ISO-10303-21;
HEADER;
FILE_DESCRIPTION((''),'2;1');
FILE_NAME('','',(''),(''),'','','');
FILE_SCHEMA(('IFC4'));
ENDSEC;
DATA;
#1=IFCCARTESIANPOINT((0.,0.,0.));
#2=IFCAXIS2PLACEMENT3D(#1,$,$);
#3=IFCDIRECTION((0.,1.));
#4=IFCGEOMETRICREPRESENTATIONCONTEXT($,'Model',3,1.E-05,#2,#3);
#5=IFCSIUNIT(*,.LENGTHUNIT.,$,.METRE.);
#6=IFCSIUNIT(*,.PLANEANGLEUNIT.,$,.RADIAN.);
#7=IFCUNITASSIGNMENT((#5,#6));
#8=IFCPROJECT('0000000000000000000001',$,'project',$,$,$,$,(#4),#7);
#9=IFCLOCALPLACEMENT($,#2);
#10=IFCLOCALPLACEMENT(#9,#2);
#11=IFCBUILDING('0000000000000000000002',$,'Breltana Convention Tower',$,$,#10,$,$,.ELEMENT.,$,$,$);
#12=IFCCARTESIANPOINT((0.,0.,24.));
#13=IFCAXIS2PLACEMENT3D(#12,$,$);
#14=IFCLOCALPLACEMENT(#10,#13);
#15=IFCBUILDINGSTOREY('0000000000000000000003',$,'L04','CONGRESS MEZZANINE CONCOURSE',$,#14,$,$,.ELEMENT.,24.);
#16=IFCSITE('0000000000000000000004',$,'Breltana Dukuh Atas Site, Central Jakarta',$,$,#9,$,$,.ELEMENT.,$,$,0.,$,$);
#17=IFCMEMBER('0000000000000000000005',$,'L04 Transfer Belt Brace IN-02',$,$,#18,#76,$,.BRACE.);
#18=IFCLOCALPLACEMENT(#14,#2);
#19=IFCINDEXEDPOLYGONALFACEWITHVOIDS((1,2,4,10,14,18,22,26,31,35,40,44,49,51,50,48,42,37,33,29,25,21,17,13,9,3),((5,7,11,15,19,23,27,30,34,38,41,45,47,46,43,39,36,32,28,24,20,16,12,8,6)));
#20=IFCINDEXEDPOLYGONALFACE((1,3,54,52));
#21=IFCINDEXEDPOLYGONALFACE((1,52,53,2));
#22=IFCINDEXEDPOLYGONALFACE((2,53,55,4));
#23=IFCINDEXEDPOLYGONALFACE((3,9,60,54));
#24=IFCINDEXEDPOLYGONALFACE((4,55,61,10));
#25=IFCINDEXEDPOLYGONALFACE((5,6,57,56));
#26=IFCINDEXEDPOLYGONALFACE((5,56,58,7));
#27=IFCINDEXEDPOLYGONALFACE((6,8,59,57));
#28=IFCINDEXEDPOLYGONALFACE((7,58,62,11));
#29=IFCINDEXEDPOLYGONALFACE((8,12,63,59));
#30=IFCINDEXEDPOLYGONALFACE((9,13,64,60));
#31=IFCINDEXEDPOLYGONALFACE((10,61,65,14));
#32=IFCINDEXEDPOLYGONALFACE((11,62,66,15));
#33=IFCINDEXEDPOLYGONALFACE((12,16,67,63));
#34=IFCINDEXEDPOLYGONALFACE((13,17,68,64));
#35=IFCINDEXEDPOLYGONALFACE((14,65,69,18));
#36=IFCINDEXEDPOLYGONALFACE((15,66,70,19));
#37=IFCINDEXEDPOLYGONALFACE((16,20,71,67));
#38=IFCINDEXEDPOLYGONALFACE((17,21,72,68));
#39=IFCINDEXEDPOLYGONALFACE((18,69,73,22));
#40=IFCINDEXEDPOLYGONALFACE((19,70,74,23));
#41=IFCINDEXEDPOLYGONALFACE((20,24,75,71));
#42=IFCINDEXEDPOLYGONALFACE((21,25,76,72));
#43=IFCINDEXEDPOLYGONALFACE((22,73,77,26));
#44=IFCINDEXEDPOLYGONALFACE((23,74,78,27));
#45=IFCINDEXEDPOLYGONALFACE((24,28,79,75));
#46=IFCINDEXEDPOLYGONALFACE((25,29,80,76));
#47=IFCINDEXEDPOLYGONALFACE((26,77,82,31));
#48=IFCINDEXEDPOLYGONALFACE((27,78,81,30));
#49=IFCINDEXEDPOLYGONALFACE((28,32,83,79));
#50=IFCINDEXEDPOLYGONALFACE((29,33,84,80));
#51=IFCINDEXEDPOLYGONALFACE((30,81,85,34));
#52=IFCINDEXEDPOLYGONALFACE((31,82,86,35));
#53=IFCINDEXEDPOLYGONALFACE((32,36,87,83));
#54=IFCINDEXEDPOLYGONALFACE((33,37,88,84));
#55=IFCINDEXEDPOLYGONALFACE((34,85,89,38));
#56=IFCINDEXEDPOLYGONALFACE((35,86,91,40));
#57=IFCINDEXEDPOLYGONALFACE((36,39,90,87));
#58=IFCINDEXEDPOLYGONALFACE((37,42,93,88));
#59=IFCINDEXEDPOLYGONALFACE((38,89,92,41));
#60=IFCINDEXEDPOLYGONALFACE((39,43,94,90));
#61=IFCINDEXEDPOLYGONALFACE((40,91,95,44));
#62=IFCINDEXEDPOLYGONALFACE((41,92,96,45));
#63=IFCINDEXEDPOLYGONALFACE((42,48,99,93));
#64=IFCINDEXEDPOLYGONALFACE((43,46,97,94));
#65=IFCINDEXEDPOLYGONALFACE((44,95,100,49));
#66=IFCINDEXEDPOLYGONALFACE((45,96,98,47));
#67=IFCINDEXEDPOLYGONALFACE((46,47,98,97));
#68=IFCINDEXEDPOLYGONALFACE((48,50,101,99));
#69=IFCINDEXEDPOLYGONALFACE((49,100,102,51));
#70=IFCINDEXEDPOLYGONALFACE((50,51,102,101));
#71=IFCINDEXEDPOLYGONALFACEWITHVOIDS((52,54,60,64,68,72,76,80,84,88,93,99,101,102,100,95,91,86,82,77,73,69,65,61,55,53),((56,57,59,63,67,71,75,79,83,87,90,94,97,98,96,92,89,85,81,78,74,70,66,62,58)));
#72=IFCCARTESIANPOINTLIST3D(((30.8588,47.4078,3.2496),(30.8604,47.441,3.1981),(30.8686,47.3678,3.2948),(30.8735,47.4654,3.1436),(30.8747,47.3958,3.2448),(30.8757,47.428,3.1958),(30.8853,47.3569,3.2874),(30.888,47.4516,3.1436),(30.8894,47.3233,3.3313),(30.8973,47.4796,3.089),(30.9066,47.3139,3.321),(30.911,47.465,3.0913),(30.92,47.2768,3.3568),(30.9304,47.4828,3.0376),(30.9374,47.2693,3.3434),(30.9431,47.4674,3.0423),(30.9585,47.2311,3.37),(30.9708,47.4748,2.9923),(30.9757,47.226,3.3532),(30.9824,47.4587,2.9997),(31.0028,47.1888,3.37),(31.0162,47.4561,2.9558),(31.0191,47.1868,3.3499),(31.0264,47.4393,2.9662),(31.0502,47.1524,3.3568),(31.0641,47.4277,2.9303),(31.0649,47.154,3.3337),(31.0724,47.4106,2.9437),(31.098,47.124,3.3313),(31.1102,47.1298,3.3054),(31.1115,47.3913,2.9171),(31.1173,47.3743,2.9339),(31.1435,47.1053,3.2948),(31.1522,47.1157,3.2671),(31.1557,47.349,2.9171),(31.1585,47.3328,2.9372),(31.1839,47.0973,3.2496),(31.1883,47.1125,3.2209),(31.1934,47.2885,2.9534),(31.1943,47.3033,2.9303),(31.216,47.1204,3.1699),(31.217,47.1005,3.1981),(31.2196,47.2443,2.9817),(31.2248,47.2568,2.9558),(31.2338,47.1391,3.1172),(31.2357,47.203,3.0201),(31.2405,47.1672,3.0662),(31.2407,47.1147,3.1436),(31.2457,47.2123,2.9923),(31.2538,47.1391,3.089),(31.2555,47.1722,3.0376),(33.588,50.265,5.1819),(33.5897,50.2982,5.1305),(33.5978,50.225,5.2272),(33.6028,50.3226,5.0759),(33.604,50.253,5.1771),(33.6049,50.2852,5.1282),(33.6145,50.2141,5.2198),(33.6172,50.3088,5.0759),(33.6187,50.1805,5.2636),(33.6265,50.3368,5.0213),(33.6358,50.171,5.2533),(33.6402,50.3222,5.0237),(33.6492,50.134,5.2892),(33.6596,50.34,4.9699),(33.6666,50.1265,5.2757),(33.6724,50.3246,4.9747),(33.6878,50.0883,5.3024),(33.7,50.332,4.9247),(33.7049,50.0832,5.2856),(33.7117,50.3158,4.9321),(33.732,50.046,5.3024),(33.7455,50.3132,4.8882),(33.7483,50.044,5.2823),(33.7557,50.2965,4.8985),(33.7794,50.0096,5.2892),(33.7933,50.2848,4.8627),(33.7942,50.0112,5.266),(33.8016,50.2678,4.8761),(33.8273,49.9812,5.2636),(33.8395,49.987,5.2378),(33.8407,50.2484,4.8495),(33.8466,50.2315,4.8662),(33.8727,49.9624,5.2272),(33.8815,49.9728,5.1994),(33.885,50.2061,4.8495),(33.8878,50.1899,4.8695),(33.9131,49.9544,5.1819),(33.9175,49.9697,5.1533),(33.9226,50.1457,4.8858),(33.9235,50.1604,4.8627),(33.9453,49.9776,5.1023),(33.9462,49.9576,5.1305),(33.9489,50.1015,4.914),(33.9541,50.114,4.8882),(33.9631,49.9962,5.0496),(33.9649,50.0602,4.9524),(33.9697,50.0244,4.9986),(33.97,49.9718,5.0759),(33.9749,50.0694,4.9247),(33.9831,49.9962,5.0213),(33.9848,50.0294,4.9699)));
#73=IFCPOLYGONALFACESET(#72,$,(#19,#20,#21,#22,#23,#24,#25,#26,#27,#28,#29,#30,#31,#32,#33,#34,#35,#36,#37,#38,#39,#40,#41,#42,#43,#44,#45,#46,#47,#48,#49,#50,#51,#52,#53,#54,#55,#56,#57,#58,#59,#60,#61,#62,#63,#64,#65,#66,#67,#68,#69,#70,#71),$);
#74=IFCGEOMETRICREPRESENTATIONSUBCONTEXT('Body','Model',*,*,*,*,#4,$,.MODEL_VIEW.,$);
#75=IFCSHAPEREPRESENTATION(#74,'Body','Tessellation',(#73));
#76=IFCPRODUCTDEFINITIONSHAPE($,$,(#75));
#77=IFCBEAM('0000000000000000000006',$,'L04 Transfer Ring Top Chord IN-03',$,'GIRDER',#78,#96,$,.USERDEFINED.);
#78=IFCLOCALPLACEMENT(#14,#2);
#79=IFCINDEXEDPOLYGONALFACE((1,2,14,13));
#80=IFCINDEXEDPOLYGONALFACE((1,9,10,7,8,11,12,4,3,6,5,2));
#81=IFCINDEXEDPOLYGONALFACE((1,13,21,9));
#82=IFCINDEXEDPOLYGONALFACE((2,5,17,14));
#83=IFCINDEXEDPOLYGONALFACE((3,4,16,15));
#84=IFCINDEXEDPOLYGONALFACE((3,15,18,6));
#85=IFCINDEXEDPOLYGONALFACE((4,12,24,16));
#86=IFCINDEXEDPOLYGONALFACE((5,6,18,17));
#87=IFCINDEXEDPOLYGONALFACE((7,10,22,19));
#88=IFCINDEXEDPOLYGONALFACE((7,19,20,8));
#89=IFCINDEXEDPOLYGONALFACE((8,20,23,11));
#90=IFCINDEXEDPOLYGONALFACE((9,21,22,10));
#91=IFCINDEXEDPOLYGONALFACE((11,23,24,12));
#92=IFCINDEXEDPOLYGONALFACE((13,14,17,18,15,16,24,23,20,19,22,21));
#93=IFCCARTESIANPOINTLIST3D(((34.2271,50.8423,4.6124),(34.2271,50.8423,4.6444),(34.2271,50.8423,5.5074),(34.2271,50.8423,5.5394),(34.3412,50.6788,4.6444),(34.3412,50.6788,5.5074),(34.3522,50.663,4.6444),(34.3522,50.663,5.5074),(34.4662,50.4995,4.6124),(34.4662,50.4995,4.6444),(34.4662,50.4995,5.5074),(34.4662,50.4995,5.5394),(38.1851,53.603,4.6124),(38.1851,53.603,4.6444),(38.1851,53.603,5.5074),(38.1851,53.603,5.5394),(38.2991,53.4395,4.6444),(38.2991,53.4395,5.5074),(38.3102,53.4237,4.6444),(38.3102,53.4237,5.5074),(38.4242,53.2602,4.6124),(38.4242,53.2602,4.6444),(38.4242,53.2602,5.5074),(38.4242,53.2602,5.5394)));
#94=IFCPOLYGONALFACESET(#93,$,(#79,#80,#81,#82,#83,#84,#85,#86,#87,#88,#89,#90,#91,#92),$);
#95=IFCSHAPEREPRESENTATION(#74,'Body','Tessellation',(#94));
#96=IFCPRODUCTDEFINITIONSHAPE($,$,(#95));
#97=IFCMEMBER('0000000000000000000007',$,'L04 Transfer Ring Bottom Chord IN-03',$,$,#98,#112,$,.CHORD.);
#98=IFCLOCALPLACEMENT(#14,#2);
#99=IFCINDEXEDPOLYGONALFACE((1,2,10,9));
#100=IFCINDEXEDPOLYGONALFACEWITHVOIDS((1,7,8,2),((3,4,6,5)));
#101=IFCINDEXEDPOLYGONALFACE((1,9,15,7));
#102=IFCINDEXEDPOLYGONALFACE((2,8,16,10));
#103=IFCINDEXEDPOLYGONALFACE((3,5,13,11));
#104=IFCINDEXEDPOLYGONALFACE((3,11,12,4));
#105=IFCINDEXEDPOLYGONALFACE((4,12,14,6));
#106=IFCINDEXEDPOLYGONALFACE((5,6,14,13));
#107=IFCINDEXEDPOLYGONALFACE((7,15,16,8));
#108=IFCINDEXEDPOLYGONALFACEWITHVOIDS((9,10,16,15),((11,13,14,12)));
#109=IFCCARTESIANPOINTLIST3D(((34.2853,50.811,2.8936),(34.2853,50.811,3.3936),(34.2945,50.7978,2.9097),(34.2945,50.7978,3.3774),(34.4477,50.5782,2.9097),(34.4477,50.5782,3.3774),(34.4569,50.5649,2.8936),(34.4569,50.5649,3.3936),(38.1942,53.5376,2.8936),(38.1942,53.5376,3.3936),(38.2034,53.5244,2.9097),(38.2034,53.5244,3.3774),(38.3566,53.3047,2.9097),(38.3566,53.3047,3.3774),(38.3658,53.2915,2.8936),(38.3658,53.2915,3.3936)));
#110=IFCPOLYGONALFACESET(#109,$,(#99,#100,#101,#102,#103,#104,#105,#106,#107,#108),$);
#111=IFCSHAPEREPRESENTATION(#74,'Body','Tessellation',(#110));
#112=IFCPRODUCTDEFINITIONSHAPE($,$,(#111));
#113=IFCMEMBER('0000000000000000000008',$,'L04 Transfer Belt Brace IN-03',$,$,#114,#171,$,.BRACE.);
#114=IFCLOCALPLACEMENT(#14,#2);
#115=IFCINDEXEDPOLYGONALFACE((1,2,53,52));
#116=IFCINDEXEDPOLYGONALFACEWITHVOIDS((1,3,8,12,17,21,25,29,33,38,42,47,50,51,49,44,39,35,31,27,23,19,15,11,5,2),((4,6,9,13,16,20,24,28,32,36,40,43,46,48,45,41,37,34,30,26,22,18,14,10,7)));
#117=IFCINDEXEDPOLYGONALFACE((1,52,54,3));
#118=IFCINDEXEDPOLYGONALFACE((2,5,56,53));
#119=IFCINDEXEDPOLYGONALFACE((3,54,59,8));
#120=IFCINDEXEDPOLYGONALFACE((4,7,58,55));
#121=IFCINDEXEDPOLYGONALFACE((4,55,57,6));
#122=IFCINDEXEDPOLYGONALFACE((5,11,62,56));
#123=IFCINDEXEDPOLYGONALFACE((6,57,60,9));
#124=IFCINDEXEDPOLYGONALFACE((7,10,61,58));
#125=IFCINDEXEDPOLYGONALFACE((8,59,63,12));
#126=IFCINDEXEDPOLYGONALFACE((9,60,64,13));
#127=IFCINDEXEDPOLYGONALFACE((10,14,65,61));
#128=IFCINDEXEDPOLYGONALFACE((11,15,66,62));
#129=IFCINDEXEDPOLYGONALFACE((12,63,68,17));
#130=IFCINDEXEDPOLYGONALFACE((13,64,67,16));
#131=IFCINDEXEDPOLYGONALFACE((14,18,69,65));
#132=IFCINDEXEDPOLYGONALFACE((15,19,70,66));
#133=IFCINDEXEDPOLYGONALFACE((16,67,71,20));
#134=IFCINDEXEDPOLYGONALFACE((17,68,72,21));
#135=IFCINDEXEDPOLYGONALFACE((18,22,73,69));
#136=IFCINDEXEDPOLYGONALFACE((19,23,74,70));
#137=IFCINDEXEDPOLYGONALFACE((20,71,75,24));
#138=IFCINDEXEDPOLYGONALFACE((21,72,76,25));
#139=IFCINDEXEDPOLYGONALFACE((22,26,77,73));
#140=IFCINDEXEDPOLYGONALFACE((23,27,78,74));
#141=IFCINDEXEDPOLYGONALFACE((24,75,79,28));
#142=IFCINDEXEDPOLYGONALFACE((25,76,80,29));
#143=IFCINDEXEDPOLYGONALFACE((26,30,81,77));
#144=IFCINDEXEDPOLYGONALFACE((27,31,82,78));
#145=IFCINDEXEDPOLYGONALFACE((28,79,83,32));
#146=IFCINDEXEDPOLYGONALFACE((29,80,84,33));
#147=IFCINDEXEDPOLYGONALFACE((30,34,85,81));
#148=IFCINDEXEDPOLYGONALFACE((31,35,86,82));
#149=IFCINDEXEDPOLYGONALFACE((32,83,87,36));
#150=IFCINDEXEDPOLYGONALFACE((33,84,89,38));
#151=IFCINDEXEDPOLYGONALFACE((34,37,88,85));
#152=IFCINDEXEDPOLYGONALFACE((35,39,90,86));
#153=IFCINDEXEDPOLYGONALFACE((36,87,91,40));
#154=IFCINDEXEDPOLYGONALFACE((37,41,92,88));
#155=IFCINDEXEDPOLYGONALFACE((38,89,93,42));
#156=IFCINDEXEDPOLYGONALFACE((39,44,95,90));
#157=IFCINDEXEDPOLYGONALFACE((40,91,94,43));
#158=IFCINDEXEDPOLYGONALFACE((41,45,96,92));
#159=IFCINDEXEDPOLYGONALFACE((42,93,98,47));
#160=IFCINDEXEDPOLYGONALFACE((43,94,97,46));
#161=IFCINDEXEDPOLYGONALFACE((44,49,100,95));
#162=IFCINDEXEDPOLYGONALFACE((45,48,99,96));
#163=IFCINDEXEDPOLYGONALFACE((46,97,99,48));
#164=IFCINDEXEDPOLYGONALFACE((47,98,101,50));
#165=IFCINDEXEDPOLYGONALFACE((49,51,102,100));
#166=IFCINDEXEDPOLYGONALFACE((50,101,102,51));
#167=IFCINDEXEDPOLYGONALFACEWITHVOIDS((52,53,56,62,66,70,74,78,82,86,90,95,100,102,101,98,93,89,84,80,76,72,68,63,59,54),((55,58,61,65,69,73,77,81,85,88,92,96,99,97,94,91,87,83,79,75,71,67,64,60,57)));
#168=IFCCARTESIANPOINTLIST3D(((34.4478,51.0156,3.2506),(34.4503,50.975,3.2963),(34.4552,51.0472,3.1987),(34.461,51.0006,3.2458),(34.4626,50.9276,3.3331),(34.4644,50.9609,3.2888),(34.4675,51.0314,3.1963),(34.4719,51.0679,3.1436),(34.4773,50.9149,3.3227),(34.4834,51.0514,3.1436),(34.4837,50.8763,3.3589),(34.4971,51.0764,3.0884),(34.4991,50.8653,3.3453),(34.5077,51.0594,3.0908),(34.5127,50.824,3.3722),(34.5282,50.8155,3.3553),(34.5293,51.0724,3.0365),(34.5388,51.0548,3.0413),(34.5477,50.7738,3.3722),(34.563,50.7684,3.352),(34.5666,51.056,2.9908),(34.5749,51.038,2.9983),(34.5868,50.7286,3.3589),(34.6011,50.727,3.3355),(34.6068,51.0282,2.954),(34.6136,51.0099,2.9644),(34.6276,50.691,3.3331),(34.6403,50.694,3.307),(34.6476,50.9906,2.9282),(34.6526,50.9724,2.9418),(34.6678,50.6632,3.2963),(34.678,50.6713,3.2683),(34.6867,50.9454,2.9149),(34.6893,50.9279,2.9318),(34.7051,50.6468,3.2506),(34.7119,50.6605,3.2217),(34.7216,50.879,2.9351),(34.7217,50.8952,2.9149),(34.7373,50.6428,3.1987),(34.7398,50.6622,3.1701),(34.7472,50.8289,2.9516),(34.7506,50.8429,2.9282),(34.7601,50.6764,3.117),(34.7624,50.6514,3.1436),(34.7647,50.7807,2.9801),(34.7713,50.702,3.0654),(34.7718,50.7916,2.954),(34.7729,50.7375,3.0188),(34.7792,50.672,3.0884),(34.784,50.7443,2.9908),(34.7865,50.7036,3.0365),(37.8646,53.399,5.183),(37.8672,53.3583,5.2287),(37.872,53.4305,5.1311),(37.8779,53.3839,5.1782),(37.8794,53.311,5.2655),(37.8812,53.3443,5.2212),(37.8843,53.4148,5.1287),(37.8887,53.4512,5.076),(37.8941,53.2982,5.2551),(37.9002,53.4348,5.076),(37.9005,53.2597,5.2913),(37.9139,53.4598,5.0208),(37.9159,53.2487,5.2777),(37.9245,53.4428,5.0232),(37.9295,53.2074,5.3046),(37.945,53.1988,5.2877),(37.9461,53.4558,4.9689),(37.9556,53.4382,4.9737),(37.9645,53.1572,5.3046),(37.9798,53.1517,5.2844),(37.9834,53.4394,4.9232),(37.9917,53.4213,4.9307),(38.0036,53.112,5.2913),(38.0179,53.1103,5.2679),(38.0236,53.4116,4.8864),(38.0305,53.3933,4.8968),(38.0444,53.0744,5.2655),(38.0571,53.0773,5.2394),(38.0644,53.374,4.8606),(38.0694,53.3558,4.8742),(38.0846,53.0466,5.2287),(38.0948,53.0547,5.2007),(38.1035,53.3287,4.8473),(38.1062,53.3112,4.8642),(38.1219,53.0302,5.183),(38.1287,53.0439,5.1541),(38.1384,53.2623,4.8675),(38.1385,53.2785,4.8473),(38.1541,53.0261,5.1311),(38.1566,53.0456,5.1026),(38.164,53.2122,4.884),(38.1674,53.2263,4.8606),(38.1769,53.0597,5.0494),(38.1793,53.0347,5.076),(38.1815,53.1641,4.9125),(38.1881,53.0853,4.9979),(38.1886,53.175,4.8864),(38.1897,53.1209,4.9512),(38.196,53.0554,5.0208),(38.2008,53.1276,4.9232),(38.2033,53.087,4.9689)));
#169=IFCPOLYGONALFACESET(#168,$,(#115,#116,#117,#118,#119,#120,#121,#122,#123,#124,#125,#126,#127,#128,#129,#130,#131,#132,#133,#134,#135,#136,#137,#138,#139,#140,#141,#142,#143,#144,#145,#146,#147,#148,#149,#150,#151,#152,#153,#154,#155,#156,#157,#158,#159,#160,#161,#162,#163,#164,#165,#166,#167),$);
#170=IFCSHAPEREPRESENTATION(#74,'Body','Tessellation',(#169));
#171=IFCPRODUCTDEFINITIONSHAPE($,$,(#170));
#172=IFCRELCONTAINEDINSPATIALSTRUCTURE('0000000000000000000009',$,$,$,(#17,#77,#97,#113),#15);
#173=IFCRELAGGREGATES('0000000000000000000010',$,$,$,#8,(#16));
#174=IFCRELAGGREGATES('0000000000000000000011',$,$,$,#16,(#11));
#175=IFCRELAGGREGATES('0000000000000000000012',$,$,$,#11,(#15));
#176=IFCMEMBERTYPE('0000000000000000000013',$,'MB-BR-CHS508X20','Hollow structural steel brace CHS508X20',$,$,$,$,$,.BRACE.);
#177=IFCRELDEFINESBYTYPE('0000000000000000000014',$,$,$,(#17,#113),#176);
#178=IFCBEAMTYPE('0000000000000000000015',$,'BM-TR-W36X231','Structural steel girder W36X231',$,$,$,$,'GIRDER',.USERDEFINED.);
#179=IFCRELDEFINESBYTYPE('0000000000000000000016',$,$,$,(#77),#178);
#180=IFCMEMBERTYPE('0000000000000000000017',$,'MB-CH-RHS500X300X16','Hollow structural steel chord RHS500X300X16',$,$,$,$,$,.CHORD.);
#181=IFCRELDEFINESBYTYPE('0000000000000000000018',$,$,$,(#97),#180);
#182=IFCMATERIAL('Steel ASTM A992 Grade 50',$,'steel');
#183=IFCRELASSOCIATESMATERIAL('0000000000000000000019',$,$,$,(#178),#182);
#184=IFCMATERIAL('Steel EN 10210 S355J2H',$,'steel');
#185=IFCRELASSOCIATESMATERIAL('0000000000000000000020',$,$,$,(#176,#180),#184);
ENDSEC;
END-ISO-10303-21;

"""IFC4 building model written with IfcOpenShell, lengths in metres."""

from ifc_helpers import new_model, si_unit, direction, frame, origin, origin_2d, place, context, subcontext, project, spatial, hollow_rectangle, hollow_circle, i_section, extrude, source, transform, mapped, material, material_profile, profile_set, type_object, element, save


model = new_model("IFC4")

# Units and contexts
model_context = context("Model", 3, precision=1e-05, world=origin(), true_north=direction((0.0, 1.0)))
body_context = subcontext(model_context, "Body", "Model", "MODEL_VIEW")
ifc_project = project(units=[si_unit("LENGTHUNIT", "METRE"), si_unit("PLANEANGLEUNIT", "RADIAN")], contexts=[model_context])

# Site, building, storey
site_placement = place(None, origin())
site = spatial("IfcSite", under=ifc_project, at=site_placement, Name="Breltana Dukuh Atas Site, Central Jakarta", CompositionType="ELEMENT", RefElevation=0.0)
building_placement = place(site_placement, origin())
building = spatial("IfcBuilding", under=site, at=building_placement, Name="Breltana Convention Tower", CompositionType="ELEMENT")
storey_placement = place(building_placement, frame((0.0, 0.0, 24.0)))
storey = spatial("IfcBuildingStorey", under=building, at=storey_placement, Name="L04", Description="CONGRESS MEZZANINE CONCOURSE", CompositionType="ELEMENT", Elevation=24.0)

# Shared definitions
ifc_material_1 = material(Name="Steel ASTM A992 Grade 50", Category="steel")

# Shared definitions
ifc_material_profile_1 = material_profile(ifc_material_1, i_section(OverallWidth=0.418, OverallDepth=0.927, WebThickness=0.0193, FlangeThickness=0.032, at=origin_2d()), Name="W36X231")
ifc_profile_set_1 = profile_set([ifc_material_profile_1], Name="Steel ASTM A992 Grade 50")
beam_type_1 = type_object("IfcBeamType", Name="BM-TR-W36X231", Description="Structural steel girder W36X231", ElementType="GIRDER", PredefinedType="USERDEFINED", material=ifc_profile_set_1)

# Shared definitions
ifc_material_2 = material(Name="Steel EN 10210 S355J2H", Category="steel")
ifc_material_profile_2 = material_profile(ifc_material_2, hollow_circle(Radius=0.2539, WallThickness=0.02, at=origin_2d()), Name="CHS508X20")
ifc_profile_set_2 = profile_set([ifc_material_profile_2], Name="Steel EN 10210 S355J2H")
member_type_1 = type_object("IfcMemberType", Name="MB-BR-CHS508X20", Description="Hollow structural steel brace CHS508X20", PredefinedType="BRACE", material=ifc_profile_set_2)

# Member
ifc_material_profile_3 = material_profile(ifc_material_2, hollow_rectangle(XDim=0.3, YDim=0.5, WallThickness=0.0161, at=origin_2d()), Name="RHS500X300X16")
ifc_profile_set_3 = profile_set([ifc_material_profile_3], Name="Steel EN 10210 S355J2H")
member_type_2 = type_object("IfcMemberType", Name="MB-CH-RHS500X300X16", Description="Hollow structural steel chord RHS500X300X16", PredefinedType="CHORD", material=ifc_profile_set_3)
shared_shape_1 = source(origin(), body_context, "Body", "SweptSolid", [
    extrude(hollow_circle(Radius=0.2539, WallThickness=0.02, at=origin_2d()), origin(), (0.0, 0.0, 1.0), 4.3984),
])
member_1_placement = place(storey_placement, frame((31.0571, 47.29, 3.1436), z_axis=(0.620503, 0.649588, 0.439331), x_axis=(-0.72311, 0.690733, 0.0)))
element("IfcMember", 1, at=member_1_placement, inside=storey, type_object=member_type_1, Name="L04 Transfer Belt Brace IN-02", PredefinedType="BRACE", context=body_context, shape_type="MappedRepresentation", body=[
    mapped(shared_shape_1, transform((0.0, 0.0, 0.0), scale=1.0)),
])

# Beam
shared_shape_2 = source(origin(), body_context, "Body", "SweptSolid", [
    extrude(i_section(OverallWidth=0.418, OverallDepth=0.927, WebThickness=0.0193, FlangeThickness=0.032, at=origin_2d()), origin(), (0.0, 0.0, 1.0), 4.8257),
])
beam_1_placement = place(storey_placement, frame((34.3467, 50.6709, 5.0759), z_axis=(0.820191, 0.57209, 0.0), x_axis=(-0.57209, 0.820191, 0.0)))
element("IfcBeam", 2, at=beam_1_placement, inside=storey, type_object=beam_type_1, Name="L04 Transfer Ring Top Chord IN-03", ObjectType="GIRDER", PredefinedType="USERDEFINED", context=body_context, shape_type="MappedRepresentation", body=[
    mapped(shared_shape_2, transform((0.0, 0.0, 0.0), scale=1.0)),
])

# Members
shared_shape_3 = source(origin(), body_context, "Body", "SweptSolid", [
    extrude(hollow_rectangle(XDim=0.3, YDim=0.5, WallThickness=0.0161, at=origin_2d()), origin(), (0.0, 0.0, 1.0), 4.7659),
])
member_2_placement = place(storey_placement, frame((34.3711, 50.688, 3.1436), z_axis=(0.820186, 0.572097, 0.0), x_axis=(-0.572097, 0.820186, 0.0)))
element("IfcMember", 3, at=member_2_placement, inside=storey, type_object=member_type_2, Name="L04 Transfer Ring Bottom Chord IN-03", PredefinedType="CHORD", context=body_context, shape_type="MappedRepresentation", body=[
    mapped(shared_shape_3, transform((0.0, 0.0, 0.0), scale=1.0)),
])
shared_shape_4 = source(origin(), body_context, "Body", "SweptSolid", [
    extrude(hollow_circle(Radius=0.2539, WallThickness=0.02, at=origin_2d()), origin(), (0.0, 0.0, 1.0), 4.5923),
])
member_3_placement = place(storey_placement, frame((34.6172, 50.8596, 3.1436), z_axis=(0.744032, 0.518988, 0.420794), x_axis=(-0.572105, 0.820181, 0.0)))
element("IfcMember", 4, at=member_3_placement, inside=storey, type_object=member_type_1, Name="L04 Transfer Belt Brace IN-03", PredefinedType="BRACE", context=body_context, shape_type="MappedRepresentation", body=[
    mapped(shared_shape_4, transform((0.0, 0.0, 0.0), scale=1.0)),
])

save(model, "model.ifc")
